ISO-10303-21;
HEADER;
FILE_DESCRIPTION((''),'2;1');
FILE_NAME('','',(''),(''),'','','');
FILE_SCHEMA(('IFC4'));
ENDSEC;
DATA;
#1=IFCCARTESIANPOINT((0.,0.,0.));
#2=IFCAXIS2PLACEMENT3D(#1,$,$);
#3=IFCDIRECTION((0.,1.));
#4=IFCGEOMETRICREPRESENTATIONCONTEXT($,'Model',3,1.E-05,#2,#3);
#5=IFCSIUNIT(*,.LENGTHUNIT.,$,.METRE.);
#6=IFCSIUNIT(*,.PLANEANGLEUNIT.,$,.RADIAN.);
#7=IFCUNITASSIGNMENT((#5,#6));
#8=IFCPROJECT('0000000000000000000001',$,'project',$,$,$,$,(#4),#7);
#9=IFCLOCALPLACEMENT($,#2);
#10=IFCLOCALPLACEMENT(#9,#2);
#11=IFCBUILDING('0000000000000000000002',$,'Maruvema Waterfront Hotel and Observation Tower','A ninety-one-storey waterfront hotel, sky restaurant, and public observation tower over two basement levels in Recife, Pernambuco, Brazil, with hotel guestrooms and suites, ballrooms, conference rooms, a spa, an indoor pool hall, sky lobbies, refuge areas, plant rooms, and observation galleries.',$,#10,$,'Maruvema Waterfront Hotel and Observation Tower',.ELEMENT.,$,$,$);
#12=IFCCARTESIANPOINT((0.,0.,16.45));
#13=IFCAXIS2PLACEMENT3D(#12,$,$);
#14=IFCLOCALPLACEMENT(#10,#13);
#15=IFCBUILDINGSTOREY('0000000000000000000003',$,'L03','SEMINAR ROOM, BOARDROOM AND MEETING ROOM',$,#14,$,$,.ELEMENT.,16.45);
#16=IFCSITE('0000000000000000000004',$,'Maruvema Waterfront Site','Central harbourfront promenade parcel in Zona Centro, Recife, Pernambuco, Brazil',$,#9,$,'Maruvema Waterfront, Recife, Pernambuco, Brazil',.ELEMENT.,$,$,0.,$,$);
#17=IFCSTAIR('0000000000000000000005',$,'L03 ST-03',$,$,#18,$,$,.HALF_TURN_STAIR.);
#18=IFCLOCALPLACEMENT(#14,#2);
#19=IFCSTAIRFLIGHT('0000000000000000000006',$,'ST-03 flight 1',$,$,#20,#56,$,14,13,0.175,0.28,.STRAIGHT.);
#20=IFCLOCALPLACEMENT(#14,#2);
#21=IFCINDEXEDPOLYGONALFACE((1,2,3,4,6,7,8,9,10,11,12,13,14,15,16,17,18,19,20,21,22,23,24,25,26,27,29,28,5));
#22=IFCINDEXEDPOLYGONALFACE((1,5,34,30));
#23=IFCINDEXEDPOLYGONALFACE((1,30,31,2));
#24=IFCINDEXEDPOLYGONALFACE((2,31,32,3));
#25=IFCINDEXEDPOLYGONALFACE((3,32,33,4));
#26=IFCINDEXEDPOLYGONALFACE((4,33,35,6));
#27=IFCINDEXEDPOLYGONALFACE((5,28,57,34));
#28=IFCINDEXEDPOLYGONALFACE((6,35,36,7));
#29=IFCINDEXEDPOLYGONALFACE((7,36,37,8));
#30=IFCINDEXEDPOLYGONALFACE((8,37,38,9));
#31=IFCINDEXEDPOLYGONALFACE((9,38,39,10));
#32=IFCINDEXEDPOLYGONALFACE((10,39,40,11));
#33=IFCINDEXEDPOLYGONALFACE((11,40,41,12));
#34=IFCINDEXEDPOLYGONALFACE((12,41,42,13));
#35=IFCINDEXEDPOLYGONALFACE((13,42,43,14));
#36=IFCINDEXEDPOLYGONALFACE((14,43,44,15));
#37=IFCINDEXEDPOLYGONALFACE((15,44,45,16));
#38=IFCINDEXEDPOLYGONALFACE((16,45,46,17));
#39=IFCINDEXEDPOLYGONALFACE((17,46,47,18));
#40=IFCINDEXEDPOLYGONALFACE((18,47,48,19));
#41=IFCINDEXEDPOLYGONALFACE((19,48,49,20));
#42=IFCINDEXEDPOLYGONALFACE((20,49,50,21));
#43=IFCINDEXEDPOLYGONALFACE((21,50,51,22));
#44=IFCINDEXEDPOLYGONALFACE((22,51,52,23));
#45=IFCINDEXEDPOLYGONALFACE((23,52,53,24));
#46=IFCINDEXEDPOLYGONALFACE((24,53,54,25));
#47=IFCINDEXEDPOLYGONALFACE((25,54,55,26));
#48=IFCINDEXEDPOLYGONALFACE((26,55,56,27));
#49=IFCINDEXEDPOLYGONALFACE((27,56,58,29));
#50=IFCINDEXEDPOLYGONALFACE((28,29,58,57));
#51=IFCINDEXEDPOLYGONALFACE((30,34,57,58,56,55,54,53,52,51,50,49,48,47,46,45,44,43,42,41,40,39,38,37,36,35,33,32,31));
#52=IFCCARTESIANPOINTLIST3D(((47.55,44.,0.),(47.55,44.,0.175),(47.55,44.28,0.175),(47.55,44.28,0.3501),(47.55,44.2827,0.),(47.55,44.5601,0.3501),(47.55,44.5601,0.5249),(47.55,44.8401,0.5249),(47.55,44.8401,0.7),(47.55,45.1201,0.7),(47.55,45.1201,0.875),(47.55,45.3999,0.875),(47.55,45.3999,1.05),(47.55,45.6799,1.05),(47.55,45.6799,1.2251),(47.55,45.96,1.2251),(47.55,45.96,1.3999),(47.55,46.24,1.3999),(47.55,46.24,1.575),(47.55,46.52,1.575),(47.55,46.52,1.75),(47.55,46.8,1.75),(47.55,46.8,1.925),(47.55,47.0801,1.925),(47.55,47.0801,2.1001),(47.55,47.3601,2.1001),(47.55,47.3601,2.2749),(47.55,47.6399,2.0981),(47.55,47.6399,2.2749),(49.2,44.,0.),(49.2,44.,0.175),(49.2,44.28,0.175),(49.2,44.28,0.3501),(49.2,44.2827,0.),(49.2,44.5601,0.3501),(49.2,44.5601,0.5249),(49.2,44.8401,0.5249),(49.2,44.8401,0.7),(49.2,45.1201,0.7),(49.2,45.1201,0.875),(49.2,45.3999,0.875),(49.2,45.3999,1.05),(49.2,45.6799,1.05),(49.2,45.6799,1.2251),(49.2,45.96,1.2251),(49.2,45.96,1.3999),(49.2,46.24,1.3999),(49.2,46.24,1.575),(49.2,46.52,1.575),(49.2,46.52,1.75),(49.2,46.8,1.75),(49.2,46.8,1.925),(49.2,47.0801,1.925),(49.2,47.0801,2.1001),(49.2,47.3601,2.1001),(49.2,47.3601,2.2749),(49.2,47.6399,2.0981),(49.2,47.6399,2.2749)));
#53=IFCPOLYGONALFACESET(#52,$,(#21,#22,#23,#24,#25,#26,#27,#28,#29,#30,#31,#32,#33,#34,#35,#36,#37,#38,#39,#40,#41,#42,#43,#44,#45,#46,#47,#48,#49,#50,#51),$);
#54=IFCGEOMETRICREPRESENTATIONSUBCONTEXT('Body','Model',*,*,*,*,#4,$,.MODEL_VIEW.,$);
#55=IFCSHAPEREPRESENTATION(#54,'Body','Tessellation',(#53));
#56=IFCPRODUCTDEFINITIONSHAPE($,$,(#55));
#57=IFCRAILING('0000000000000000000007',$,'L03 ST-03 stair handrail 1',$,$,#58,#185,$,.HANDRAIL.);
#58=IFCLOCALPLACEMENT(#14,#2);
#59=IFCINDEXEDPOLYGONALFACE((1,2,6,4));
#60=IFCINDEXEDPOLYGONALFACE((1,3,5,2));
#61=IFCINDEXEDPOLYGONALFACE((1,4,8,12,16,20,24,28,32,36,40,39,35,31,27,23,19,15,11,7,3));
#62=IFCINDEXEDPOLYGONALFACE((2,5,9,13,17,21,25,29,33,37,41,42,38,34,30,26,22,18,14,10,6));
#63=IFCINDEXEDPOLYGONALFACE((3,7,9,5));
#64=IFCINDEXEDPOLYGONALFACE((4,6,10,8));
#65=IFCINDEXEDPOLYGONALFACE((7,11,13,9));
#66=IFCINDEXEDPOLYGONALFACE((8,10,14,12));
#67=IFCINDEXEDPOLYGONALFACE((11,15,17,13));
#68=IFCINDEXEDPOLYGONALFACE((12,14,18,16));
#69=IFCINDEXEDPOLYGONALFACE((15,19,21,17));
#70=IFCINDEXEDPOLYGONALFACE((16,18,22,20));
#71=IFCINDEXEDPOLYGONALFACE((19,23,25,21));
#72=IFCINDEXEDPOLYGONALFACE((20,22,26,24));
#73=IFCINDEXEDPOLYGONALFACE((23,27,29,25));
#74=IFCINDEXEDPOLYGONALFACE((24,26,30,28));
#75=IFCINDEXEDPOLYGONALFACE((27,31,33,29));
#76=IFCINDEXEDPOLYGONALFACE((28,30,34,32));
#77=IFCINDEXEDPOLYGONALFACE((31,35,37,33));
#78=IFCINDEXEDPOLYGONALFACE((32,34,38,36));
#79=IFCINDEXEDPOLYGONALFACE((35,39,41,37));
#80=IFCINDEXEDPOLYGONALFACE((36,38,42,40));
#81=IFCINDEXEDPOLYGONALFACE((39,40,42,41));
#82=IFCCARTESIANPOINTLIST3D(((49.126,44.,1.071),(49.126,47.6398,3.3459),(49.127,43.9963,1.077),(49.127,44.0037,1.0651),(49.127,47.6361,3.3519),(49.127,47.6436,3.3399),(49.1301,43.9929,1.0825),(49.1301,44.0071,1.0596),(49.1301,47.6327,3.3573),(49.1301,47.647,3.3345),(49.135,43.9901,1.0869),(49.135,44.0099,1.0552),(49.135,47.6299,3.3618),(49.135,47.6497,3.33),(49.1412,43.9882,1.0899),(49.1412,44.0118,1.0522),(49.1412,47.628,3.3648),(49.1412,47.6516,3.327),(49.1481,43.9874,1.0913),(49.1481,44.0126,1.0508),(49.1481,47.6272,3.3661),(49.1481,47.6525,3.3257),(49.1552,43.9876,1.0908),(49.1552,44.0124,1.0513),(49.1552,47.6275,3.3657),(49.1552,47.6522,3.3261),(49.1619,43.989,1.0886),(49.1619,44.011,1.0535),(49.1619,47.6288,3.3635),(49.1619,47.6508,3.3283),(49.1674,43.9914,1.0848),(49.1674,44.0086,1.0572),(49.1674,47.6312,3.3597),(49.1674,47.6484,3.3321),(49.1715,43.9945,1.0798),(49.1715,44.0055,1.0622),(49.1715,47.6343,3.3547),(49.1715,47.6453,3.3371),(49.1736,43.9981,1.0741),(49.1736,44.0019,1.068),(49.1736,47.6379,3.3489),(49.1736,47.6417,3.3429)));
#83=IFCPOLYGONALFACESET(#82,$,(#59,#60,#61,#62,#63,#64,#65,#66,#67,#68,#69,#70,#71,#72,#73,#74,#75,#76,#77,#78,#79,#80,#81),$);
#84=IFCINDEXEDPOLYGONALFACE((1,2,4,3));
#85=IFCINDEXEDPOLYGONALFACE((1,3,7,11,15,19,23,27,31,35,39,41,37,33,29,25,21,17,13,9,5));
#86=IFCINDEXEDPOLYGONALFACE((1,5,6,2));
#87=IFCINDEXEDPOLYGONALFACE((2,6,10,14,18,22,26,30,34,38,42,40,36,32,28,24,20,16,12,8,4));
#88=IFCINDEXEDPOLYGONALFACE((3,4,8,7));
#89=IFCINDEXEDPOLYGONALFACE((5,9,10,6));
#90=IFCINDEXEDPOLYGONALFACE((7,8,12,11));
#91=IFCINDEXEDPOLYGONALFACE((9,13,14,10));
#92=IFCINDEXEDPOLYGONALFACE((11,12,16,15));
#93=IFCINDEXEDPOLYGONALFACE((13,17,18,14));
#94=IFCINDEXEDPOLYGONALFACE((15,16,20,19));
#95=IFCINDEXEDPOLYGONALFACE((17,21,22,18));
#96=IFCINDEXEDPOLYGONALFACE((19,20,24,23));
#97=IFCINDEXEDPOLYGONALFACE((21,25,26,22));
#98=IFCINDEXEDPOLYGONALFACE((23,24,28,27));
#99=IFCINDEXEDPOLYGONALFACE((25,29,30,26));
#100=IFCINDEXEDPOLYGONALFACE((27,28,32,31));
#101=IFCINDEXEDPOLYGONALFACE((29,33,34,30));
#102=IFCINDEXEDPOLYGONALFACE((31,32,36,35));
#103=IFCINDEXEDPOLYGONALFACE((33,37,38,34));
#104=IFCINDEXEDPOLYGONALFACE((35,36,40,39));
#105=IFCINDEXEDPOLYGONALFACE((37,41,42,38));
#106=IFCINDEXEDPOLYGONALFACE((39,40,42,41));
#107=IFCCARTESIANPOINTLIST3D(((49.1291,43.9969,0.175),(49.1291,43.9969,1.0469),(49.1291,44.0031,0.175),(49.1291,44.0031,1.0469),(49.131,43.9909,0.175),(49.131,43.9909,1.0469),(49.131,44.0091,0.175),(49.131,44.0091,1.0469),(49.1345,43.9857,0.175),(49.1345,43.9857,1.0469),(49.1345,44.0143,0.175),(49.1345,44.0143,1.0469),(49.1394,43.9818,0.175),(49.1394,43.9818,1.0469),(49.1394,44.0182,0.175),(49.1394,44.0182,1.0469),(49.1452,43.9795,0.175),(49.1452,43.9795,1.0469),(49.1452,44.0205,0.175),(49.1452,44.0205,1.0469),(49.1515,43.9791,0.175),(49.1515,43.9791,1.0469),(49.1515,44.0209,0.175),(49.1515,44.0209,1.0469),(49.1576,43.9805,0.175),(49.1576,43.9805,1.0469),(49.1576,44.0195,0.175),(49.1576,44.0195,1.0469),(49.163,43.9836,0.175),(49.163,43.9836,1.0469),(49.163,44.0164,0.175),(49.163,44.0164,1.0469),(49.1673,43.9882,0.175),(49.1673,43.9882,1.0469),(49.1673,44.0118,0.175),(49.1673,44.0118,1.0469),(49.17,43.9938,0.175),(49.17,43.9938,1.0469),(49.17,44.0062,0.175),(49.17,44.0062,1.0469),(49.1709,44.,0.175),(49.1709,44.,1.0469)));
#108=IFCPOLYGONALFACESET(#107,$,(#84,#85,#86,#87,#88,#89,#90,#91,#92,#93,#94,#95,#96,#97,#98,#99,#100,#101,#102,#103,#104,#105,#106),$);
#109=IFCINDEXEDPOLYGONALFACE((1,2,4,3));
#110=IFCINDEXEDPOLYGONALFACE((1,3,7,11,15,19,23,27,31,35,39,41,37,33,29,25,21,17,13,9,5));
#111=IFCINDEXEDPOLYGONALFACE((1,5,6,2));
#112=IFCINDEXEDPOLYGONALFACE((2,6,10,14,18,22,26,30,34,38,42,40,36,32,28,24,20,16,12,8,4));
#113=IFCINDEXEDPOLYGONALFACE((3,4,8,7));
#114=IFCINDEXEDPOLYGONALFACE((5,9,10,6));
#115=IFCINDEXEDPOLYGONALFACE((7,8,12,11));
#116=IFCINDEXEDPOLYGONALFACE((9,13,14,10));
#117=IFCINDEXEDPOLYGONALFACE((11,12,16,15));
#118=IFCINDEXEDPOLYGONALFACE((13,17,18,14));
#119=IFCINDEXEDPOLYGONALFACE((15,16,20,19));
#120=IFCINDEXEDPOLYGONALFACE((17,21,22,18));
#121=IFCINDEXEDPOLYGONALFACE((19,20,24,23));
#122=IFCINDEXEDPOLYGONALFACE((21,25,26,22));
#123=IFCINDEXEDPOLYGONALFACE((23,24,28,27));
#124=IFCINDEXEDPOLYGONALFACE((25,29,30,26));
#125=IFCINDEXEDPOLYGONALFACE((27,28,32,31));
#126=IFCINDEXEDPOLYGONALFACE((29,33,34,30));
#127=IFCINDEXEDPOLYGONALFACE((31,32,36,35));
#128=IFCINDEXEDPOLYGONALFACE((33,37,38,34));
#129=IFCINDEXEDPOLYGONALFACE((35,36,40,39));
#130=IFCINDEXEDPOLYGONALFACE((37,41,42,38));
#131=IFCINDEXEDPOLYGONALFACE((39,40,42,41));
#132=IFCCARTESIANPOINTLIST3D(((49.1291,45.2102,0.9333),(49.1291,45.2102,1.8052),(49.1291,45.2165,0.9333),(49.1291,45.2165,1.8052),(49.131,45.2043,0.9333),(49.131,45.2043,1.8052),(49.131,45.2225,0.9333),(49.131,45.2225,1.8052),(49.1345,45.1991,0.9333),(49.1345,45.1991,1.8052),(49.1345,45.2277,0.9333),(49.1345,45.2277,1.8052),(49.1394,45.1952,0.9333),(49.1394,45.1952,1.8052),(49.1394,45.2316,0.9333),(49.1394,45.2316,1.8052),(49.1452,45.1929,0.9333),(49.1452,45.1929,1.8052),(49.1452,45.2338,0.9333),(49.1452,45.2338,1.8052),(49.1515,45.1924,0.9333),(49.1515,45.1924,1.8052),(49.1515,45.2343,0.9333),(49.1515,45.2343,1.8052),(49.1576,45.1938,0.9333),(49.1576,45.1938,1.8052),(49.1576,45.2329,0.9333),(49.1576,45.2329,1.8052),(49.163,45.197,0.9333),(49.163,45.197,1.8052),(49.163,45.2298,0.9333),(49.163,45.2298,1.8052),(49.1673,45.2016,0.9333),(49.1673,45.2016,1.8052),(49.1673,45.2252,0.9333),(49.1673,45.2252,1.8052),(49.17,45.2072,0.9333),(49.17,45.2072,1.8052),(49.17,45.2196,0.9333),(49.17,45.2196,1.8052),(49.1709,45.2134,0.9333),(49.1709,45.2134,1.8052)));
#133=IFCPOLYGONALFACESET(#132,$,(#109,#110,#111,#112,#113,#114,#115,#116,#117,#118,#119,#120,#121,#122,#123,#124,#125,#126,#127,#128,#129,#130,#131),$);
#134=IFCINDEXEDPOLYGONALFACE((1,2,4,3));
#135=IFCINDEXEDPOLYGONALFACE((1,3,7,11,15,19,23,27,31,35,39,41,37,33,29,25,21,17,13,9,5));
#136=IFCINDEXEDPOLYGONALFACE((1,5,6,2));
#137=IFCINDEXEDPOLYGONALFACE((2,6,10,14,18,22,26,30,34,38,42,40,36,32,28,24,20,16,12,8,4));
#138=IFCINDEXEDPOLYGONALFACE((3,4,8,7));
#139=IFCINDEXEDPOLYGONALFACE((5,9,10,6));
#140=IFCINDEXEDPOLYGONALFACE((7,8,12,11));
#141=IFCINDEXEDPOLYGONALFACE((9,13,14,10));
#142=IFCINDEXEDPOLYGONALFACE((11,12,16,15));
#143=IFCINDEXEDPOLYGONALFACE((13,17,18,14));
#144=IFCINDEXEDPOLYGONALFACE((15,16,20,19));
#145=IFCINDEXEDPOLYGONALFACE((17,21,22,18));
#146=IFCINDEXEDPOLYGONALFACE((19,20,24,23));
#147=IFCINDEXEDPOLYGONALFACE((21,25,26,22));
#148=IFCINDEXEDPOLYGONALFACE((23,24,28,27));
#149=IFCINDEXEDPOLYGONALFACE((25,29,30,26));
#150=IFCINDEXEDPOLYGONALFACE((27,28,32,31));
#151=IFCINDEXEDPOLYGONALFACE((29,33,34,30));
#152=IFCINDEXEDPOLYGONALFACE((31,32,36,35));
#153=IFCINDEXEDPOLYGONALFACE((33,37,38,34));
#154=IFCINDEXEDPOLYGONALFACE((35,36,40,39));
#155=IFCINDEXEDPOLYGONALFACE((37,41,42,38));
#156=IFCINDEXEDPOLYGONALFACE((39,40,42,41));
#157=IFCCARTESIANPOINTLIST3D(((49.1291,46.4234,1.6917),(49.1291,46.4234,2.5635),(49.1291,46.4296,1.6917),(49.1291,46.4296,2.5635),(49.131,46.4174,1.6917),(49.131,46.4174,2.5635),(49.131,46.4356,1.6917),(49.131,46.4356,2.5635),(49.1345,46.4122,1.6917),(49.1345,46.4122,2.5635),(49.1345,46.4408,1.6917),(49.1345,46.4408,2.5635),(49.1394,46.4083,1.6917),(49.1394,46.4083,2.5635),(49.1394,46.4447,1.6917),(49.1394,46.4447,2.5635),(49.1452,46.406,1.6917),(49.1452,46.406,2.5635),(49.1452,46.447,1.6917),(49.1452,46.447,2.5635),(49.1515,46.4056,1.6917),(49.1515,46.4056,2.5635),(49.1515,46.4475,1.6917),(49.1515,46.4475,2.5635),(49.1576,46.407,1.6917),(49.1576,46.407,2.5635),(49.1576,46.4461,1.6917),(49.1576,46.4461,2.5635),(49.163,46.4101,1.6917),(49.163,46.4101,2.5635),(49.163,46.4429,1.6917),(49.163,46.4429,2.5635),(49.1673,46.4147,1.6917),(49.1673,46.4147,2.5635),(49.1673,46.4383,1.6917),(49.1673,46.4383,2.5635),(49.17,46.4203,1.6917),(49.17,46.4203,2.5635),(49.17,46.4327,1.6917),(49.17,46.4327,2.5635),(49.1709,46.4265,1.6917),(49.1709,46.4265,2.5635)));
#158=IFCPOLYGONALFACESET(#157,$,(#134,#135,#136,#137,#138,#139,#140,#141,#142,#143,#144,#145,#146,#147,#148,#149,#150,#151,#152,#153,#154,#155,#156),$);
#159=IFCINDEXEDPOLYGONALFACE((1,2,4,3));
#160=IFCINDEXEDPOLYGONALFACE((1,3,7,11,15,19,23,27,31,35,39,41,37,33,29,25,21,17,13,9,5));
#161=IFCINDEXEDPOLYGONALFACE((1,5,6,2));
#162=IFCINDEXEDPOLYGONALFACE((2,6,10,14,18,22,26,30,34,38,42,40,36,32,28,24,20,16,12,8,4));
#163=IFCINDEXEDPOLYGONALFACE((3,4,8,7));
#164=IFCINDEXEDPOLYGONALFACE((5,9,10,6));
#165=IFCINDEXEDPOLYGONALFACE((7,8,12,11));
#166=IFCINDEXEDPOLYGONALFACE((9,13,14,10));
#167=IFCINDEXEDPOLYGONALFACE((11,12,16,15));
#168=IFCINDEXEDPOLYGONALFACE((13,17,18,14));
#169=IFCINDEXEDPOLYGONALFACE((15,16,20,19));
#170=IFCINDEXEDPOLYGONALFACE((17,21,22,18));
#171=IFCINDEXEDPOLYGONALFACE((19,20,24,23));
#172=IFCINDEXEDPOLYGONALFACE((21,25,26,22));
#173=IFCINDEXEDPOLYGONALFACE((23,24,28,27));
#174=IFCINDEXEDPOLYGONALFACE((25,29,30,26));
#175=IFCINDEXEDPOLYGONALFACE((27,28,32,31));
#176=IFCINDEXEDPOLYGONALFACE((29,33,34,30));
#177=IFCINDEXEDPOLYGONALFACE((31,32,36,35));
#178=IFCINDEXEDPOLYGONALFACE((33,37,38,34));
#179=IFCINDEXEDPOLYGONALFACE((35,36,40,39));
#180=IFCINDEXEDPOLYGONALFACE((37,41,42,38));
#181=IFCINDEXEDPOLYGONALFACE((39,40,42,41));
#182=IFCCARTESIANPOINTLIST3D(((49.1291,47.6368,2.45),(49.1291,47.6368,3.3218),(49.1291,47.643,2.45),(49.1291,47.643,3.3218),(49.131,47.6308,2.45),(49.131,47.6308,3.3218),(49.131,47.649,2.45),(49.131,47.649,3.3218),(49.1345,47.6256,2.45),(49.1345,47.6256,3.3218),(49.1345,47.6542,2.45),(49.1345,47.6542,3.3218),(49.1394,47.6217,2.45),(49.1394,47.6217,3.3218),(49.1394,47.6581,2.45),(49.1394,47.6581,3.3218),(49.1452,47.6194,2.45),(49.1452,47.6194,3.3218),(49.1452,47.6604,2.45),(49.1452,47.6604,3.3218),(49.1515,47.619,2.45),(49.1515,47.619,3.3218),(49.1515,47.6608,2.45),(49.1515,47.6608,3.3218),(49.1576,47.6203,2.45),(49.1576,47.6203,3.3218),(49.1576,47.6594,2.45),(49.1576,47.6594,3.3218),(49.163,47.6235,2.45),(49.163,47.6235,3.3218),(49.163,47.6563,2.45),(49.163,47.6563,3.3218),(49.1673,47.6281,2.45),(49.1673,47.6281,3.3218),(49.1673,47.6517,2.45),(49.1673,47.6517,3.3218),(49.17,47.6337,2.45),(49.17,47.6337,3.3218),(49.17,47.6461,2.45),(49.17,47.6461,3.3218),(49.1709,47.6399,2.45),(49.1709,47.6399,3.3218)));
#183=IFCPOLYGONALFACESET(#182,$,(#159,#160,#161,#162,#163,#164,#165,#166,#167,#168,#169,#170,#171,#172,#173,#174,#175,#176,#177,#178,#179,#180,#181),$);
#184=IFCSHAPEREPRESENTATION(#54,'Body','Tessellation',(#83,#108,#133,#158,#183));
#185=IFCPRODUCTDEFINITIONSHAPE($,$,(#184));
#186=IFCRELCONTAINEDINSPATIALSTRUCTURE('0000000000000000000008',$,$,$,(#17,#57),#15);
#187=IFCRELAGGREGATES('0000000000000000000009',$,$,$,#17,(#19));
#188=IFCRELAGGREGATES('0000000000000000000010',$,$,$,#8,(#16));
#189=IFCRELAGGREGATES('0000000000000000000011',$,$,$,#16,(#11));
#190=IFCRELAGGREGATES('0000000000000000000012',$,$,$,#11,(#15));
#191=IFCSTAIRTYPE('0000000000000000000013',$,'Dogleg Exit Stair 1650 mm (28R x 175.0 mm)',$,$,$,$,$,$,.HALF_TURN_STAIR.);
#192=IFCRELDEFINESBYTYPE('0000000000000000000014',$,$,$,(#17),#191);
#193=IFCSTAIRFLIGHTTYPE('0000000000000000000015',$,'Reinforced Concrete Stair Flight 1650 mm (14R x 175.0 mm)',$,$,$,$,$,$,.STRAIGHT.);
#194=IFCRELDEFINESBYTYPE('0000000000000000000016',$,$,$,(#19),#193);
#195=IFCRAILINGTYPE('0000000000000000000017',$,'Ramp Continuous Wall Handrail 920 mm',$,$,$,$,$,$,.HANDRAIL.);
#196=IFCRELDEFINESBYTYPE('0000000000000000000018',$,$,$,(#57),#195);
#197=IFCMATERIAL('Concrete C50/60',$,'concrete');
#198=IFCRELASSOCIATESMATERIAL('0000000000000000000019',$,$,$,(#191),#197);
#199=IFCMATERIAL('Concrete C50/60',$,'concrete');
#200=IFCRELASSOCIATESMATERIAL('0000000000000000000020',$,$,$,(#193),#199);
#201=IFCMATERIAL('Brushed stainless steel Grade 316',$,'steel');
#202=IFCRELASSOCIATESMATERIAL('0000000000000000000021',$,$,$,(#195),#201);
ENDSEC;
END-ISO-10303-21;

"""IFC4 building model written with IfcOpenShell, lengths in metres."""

from ifc_helpers import new_model, si_unit, direction, frame, origin, origin_2d, place, context, subcontext, project, spatial, polyline, circle, outline, extrude, material, type_object, element, aggregate, save


model = new_model("IFC4")

# Units and contexts
model_context = context("Model", 3, precision=1e-05, world=origin(), true_north=direction((0.0, 1.0)))
body_context = subcontext(model_context, "Body", "Model", "MODEL_VIEW")
ifc_project = project(units=[si_unit("LENGTHUNIT", "METRE"), si_unit("PLANEANGLEUNIT", "RADIAN")], contexts=[model_context])

# Site, building, storey
site_placement = place(None, origin())
site = spatial("IfcSite", under=ifc_project, at=site_placement, Name="Maruvema Waterfront Site", Description="Central harbourfront promenade parcel in Zona Centro, Recife, Pernambuco, Brazil", LongName="Maruvema Waterfront, Recife, Pernambuco, Brazil", CompositionType="ELEMENT", RefElevation=0.0)
building_placement = place(site_placement, origin())
building = spatial("IfcBuilding", under=site, at=building_placement, Name="Maruvema Waterfront Hotel and Observation Tower", Description="A ninety-one-storey waterfront hotel, sky restaurant, and public observation tower over two basement levels in Recife, Pernambuco, Brazil, with hotel guestrooms and suites, ballrooms, conference rooms, a spa, an indoor pool hall, sky lobbies, refuge areas, plant rooms, and observation galleries.", LongName="Maruvema Waterfront Hotel and Observation Tower", CompositionType="ELEMENT")
storey_placement = place(building_placement, frame((0.0, 0.0, 16.45)))
storey = spatial("IfcBuildingStorey", under=building, at=storey_placement, Name="L03", Description="SEMINAR ROOM, BOARDROOM AND MEETING ROOM", CompositionType="ELEMENT", Elevation=16.45)

# Stair, stair flight
ifc_material_1 = material(Name="Concrete C50/60", Category="concrete")
stair_type = type_object("IfcStairType", Name="Dogleg Exit Stair 1650 mm (28R x 175.0 mm)", PredefinedType="HALF_TURN_STAIR", material=ifc_material_1)
stair_placement = place(storey_placement, origin())
stair = element("IfcStair", 1, at=stair_placement, inside=storey, type_object=stair_type, Name="L03 ST-03", PredefinedType="HALF_TURN_STAIR")
ifc_material_2 = material(Name="Concrete C50/60", Category="concrete")
stair_flight_type = type_object("IfcStairFlightType", Name="Reinforced Concrete Stair Flight 1650 mm (14R x 175.0 mm)", PredefinedType="STRAIGHT", material=ifc_material_2)
stair_flight_placement = place(storey_placement, frame((48.375, 44.0, 0.0), z_axis=(0.0, 0.0, 1.0), x_axis=(0.0, 1.0, 0.0)))
stair_flight = element("IfcStairFlight", 2, at=stair_flight_placement, type_object=stair_flight_type, Name="ST-03 flight 1", NumberOfRisers=14, NumberOfTreads=13, PredefinedType="STRAIGHT", RiserHeight=0.175, TreadLength=0.28, context=body_context, shape_type="SweptSolid", body=[
    extrude(outline(polyline([(0.0, 0.0), (0.0, 0.175), (0.28, 0.175), (0.28, 0.3501), (0.5601, 0.3501), (0.5601, 0.5249), (0.8401, 0.5249), (0.8401, 0.7), (1.1201, 0.7), (1.1201, 0.875), (1.3999, 0.875), (1.3999, 1.05), (1.6799, 1.05), (1.6799, 1.2251), (1.96, 1.2251), (1.96, 1.3999), (2.24, 1.3999), (2.24, 1.575), (2.52, 1.575), (2.52, 1.75), (2.8, 1.75), (2.8, 1.925), (3.0801, 1.925), (3.0801, 2.1001), (3.3601, 2.1001), (3.3601, 2.2749), (3.6399, 2.2749), (3.6399, 2.45), (3.6399, 2.0981), (0.2827, 0.0), (0.0, 0.0)])), frame((0.0, 0.825, 0.0), z_axis=(0.0, -1.0, 0.0), x_axis=(1.0, 0.0, 0.0)), (0.0, 0.0, 1.0), 1.6499),
])
aggregate(stair, [stair_flight])

# Railing
ifc_material_3 = material(Name="Brushed stainless steel Grade 316", Category="steel")
railing_type_1 = type_object("IfcRailingType", Name="Ramp Continuous Wall Handrail 920 mm", PredefinedType="HANDRAIL", material=ifc_material_3)
railing_1_placement = place(storey_placement, frame((49.1499, 44.0, 0.175)))
element("IfcRailing", 3, at=railing_1_placement, inside=storey, type_object=railing_type_1, Name="L03 ST-03 stair handrail 1", PredefinedType="HANDRAIL", context=body_context, shape_type="SweptSolid", body=[
    extrude(circle(Radius=0.0239, at=origin_2d()), frame((0.0, 0.0, 0.896), z_axis=(0.0, 0.848001, 0.529994), x_axis=(-1.0, 0.0, 0.0)), (0.0, 0.0, 1.0), 4.2922),
    extrude(circle(Radius=0.021, at=origin_2d()), origin(), (0.0, 0.0, 1.0), 0.8718),
    extrude(circle(Radius=0.021, at=origin_2d()), frame((0.0, 1.2134, 0.7583)), (0.0, 0.0, 1.0), 0.8718),
    extrude(circle(Radius=0.021, at=origin_2d()), frame((0.0, 2.4265, 1.5166)), (0.0, 0.0, 1.0), 0.8718),
    extrude(circle(Radius=0.021, at=origin_2d()), frame((0.0, 3.6399, 2.2749)), (0.0, 0.0, 1.0), 0.8718),
])

save(model, "model.ifc")
